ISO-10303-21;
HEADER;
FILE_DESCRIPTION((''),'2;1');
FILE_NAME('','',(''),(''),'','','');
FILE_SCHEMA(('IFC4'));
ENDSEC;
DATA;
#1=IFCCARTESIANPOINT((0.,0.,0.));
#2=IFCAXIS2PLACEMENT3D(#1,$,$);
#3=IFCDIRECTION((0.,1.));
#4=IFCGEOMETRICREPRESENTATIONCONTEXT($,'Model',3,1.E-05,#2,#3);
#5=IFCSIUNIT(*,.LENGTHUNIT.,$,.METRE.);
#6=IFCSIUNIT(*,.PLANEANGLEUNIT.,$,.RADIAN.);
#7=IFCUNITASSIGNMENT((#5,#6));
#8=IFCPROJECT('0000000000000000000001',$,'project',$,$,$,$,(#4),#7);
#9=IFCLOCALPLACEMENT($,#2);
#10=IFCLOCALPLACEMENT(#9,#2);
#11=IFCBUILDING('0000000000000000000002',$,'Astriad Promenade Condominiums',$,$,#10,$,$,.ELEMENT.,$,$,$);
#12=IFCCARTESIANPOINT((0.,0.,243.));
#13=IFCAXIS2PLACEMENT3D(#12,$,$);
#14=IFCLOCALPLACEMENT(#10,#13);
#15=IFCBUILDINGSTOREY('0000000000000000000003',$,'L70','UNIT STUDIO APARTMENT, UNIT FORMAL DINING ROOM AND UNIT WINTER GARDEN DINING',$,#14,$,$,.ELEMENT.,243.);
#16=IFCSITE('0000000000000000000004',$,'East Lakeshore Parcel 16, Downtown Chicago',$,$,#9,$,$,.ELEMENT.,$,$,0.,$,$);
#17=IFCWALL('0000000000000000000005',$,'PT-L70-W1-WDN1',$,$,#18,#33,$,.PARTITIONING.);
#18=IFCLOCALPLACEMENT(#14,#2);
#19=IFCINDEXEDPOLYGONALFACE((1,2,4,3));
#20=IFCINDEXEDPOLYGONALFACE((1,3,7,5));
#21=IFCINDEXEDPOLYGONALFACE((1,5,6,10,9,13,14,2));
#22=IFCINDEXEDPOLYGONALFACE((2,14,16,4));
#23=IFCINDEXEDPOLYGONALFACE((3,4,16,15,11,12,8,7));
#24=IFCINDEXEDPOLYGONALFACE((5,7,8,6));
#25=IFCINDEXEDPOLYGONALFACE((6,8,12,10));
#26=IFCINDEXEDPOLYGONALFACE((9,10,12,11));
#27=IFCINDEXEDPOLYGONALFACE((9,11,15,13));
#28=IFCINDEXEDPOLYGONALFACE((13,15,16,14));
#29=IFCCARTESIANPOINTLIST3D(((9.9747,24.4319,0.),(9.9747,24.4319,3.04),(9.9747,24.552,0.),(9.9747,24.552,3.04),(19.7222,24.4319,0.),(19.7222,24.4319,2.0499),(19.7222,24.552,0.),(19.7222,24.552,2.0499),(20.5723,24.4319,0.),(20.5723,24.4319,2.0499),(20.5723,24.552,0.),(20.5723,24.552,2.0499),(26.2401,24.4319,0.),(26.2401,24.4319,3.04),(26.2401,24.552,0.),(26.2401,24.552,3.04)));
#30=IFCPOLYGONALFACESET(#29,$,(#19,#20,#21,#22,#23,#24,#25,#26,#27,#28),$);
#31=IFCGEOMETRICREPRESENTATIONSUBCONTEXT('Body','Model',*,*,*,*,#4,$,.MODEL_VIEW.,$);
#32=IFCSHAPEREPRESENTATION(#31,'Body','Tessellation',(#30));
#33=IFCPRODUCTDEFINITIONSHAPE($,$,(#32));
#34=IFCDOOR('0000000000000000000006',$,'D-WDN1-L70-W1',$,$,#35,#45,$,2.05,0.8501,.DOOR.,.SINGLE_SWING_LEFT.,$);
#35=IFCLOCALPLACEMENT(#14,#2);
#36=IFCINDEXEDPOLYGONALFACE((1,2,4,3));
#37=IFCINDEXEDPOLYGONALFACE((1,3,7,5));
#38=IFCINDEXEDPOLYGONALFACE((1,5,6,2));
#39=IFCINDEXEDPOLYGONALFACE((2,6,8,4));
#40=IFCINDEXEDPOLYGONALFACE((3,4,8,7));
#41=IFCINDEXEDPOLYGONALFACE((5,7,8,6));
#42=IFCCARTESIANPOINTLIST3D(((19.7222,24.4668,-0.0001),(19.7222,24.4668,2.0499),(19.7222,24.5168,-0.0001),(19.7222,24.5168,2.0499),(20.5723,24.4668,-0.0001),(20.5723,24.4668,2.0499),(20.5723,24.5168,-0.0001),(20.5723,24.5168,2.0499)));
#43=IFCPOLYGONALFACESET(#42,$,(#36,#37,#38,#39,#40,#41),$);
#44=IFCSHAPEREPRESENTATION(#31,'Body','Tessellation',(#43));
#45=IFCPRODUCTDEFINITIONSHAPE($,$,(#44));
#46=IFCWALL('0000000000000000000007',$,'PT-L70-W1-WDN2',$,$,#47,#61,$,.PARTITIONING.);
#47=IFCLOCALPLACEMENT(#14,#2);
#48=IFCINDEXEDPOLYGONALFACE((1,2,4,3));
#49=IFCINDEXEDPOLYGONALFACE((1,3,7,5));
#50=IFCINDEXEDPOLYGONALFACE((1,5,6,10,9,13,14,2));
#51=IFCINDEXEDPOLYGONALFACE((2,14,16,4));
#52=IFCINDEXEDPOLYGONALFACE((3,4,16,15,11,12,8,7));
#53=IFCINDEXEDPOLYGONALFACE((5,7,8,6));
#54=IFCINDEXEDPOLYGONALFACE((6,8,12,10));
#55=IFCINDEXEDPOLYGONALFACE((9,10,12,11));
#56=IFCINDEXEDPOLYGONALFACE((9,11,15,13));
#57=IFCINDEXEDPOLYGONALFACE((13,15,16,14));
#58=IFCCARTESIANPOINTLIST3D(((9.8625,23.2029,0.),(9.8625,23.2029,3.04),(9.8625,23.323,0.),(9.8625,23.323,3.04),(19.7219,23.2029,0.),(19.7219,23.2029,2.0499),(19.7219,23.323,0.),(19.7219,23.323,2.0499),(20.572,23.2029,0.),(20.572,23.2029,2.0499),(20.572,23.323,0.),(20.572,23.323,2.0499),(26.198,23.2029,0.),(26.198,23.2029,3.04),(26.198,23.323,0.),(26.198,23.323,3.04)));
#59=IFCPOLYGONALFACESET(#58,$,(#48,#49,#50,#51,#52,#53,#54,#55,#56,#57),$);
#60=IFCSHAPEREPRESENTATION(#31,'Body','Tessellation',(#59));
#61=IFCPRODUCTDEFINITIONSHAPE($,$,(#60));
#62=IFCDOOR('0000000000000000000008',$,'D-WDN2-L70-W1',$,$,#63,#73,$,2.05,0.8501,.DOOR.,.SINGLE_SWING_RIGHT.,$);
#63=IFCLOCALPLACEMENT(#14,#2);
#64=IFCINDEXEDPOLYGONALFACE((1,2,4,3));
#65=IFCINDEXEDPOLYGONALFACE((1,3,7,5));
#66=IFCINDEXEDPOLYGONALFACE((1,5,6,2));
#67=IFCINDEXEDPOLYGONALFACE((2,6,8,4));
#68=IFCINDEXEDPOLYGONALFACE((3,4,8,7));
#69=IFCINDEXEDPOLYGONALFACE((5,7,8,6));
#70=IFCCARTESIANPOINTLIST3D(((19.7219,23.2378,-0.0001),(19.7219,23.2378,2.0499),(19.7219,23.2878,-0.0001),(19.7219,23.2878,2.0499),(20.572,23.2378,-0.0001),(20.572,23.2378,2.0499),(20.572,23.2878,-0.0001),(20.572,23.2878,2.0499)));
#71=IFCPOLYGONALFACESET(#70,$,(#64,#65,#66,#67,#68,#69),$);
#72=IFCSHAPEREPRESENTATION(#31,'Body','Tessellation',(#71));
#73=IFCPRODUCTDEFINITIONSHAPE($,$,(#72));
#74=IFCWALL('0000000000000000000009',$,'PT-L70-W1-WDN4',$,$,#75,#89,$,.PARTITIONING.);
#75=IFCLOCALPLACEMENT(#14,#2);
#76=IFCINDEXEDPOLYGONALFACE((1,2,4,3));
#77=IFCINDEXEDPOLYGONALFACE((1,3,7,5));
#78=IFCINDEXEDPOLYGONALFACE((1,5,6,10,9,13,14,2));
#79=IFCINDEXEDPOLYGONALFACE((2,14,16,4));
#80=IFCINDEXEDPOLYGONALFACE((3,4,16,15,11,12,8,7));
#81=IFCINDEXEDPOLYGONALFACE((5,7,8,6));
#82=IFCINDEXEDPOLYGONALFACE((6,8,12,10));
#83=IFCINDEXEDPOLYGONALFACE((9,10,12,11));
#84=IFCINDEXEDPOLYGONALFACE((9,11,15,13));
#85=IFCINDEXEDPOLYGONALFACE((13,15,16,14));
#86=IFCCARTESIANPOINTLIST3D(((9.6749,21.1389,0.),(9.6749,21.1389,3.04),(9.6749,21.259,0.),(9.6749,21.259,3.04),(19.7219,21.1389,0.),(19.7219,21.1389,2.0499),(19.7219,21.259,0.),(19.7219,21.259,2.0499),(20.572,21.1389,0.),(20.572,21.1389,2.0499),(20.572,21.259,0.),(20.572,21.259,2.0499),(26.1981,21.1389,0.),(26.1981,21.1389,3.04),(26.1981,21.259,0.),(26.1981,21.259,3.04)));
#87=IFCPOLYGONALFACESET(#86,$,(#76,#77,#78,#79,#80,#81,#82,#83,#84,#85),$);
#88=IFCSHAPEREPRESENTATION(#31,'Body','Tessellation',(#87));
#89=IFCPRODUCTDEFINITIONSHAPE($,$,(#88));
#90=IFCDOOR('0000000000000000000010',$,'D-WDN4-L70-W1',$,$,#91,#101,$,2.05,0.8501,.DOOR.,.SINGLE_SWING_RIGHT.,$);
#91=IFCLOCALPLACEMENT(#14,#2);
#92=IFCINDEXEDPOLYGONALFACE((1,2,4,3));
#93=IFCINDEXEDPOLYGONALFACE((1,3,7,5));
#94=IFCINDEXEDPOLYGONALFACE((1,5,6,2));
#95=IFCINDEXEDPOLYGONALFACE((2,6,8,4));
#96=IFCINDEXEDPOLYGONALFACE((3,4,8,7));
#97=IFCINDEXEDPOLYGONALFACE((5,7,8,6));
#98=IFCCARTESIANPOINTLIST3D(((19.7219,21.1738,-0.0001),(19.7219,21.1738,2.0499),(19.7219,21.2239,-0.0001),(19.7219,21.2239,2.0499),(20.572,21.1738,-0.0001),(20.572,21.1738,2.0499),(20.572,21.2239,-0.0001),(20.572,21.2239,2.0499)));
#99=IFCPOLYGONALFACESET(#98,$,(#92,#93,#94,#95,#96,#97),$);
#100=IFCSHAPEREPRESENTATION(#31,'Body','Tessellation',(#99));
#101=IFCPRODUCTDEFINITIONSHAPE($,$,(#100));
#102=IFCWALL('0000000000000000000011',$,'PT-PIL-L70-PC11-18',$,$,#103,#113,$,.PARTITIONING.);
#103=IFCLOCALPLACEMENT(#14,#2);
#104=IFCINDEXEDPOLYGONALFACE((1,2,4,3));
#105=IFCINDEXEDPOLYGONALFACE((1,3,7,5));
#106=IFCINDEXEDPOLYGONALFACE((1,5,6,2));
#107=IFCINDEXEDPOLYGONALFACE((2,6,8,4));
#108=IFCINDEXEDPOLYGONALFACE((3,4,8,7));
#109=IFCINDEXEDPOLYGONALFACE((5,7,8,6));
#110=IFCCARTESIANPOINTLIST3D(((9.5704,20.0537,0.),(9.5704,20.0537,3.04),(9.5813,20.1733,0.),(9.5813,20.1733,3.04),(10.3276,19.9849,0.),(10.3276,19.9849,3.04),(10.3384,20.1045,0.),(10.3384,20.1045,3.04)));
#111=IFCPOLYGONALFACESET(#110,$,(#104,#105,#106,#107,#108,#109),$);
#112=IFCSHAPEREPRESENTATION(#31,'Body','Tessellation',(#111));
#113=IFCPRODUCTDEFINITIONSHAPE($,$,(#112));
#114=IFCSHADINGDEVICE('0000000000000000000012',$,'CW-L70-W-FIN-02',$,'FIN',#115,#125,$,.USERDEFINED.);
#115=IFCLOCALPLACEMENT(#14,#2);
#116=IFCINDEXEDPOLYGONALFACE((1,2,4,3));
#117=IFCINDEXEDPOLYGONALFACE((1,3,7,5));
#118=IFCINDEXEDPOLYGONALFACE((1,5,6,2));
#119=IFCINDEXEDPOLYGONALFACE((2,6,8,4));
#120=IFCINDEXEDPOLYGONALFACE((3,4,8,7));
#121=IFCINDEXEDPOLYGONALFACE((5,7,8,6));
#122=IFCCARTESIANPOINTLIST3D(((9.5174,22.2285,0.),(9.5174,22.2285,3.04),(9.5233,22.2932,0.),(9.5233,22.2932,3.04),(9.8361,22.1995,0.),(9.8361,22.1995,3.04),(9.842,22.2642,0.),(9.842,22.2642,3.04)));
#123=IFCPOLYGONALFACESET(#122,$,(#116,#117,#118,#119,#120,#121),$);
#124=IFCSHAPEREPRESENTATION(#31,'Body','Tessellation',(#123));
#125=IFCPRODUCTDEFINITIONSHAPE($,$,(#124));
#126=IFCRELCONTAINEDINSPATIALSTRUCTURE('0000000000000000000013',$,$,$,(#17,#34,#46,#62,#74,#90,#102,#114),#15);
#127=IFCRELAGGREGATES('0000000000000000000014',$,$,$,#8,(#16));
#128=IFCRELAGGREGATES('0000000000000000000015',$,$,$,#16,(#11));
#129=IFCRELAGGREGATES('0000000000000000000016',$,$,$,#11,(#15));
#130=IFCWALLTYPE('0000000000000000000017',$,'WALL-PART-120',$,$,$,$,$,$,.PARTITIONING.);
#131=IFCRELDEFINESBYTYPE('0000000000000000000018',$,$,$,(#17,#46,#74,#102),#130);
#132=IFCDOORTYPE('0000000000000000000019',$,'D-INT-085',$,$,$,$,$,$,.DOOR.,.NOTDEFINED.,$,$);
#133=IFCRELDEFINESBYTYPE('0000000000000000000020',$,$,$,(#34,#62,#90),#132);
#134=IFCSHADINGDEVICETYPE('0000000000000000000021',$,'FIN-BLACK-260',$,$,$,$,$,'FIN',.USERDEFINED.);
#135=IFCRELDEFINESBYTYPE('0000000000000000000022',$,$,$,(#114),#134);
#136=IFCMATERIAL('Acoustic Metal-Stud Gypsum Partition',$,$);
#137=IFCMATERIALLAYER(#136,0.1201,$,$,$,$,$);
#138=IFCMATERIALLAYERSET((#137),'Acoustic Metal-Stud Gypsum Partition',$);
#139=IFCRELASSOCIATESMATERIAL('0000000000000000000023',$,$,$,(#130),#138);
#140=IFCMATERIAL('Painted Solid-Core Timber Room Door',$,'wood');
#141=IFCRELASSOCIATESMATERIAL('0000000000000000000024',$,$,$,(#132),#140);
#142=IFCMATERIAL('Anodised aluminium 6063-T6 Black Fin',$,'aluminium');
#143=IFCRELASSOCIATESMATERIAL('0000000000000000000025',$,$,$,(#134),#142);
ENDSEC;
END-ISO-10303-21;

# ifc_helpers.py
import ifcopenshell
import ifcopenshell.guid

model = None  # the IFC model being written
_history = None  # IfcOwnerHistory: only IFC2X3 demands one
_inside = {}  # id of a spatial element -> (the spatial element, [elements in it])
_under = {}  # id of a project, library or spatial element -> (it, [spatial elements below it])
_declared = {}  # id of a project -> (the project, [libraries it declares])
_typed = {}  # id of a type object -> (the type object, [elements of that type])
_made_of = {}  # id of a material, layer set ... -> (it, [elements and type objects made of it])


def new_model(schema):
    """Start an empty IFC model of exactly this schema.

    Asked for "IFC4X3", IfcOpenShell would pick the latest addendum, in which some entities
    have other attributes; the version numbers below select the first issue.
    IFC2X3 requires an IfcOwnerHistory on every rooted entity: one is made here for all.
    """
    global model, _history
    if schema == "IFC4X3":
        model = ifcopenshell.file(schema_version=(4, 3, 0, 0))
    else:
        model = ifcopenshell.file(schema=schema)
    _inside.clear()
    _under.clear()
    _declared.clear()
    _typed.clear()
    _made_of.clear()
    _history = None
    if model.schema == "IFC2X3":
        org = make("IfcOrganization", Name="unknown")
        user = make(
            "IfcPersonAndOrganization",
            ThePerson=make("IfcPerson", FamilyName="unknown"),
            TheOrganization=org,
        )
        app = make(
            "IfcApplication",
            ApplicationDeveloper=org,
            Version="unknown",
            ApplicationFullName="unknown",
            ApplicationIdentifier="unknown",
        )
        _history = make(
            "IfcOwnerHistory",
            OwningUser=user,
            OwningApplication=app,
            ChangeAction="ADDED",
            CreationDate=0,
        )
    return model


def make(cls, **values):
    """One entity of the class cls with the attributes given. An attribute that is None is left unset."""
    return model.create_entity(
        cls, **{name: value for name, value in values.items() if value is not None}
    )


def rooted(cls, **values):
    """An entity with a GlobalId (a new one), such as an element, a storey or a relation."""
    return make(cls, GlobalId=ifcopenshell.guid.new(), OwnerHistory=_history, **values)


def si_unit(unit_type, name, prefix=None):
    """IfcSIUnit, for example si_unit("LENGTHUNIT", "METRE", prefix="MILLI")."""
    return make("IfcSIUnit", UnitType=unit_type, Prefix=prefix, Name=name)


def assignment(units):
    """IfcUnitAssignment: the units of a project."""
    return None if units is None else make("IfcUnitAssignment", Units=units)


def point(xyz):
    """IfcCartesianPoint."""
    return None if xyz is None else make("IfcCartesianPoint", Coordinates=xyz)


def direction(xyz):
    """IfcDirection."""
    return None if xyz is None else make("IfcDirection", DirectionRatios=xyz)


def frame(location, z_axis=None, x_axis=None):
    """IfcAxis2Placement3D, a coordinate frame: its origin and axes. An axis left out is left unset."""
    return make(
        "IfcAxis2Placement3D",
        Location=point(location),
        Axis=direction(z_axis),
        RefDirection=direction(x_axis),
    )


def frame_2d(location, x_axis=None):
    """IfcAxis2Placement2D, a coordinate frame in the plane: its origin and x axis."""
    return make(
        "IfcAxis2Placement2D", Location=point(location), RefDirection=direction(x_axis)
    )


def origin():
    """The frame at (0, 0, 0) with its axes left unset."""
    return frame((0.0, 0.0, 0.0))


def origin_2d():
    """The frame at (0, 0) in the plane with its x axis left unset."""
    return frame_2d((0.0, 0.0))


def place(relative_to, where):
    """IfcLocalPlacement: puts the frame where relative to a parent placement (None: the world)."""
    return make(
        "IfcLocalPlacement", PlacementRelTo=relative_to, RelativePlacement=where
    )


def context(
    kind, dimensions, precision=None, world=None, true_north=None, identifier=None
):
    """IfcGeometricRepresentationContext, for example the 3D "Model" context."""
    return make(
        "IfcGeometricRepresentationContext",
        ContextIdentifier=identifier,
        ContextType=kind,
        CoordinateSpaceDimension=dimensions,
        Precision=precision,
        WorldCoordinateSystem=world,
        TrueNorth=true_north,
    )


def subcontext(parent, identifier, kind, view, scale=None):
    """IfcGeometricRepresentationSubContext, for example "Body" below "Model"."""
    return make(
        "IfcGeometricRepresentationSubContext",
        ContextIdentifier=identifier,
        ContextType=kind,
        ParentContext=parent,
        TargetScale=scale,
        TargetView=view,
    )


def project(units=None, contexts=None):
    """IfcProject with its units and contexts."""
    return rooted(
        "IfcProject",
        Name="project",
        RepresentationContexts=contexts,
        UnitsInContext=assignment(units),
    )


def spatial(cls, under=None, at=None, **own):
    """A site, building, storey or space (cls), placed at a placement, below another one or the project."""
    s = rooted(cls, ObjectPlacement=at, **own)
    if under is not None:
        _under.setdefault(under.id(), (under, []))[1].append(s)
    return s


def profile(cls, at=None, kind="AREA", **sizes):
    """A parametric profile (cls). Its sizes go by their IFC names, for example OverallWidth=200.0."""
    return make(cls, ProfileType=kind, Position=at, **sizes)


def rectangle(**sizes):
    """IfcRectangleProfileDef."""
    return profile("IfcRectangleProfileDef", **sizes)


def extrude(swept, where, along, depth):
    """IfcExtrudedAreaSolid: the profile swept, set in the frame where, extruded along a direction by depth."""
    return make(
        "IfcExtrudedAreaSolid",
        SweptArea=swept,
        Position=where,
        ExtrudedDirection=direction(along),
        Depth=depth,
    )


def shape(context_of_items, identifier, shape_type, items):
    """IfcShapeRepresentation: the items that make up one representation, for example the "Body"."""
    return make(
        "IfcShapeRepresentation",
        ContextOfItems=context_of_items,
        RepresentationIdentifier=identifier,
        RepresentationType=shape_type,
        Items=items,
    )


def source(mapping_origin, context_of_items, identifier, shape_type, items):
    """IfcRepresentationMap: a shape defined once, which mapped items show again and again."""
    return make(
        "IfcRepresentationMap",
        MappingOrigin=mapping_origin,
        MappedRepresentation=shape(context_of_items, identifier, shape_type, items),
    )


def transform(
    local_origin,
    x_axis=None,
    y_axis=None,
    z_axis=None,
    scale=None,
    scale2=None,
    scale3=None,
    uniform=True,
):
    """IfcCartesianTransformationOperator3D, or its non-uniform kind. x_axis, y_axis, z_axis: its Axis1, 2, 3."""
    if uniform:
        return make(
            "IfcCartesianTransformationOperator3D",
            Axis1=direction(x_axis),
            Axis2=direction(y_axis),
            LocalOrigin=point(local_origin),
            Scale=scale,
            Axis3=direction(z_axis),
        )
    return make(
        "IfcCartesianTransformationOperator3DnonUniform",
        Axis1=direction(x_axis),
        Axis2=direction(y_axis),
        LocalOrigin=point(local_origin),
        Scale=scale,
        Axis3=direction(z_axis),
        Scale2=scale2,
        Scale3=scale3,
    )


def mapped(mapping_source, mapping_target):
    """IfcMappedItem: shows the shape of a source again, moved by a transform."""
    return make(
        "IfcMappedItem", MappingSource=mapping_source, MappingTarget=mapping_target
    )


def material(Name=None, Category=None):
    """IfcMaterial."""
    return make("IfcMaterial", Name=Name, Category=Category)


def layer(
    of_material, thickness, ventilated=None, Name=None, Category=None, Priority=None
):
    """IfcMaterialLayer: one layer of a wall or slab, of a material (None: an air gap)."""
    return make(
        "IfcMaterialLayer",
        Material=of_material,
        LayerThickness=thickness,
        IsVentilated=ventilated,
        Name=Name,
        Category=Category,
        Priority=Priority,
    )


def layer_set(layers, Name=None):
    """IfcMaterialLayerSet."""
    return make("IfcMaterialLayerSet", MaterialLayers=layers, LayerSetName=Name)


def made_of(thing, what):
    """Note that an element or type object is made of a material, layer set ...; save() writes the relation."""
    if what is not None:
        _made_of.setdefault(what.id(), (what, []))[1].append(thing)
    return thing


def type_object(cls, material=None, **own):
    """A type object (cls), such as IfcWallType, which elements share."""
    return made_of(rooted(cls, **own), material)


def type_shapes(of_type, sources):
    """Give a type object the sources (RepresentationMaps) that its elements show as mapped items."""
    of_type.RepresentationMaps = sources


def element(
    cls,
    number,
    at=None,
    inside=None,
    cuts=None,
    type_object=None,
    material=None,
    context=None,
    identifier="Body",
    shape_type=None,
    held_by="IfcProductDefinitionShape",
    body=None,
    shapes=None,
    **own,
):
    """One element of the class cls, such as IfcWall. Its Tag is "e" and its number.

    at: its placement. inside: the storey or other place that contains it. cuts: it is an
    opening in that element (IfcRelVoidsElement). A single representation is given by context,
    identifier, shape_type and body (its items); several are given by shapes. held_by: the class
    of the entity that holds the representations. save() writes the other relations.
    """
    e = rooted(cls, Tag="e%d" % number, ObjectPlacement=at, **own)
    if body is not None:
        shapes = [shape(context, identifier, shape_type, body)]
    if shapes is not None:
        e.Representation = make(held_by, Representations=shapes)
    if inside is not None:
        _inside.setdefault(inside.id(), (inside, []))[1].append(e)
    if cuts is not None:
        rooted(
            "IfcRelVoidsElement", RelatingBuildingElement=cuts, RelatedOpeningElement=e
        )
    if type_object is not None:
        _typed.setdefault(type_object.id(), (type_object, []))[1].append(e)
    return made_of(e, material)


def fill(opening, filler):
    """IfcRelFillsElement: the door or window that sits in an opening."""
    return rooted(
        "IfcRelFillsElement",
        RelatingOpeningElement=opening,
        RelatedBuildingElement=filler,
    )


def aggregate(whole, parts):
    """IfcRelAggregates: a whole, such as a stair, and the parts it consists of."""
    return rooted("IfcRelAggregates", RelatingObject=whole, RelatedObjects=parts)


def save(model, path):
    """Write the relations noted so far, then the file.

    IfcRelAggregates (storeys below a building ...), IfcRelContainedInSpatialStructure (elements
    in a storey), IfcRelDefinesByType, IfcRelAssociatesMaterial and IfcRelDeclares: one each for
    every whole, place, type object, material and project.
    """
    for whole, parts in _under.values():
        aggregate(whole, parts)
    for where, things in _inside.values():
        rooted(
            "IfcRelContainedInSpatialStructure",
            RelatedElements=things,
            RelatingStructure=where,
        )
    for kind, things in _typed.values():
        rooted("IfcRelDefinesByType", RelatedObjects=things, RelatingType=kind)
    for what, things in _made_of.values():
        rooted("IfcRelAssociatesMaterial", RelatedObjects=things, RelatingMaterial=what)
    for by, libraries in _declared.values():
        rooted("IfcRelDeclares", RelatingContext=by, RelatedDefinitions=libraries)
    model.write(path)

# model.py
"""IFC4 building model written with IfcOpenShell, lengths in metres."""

from ifc_helpers import new_model, si_unit, direction, frame, frame_2d, origin, origin_2d, place, context, subcontext, project, spatial, rectangle, extrude, source, transform, mapped, material, layer, layer_set, type_object, type_shapes, element, fill, save


model = new_model("IFC4")

# Units and contexts
model_context = context("Model", 3, precision=1e-05, world=origin(), true_north=direction((0.0, 1.0)))
body_context = subcontext(model_context, "Body", "Model", "MODEL_VIEW")
ifc_project = project(units=[si_unit("LENGTHUNIT", "METRE"), si_unit("PLANEANGLEUNIT", "RADIAN")], contexts=[model_context])

# Site, building, storey
site_placement = place(None, origin())
site = spatial("IfcSite", under=ifc_project, at=site_placement, Name="East Lakeshore Parcel 16, Downtown Chicago", CompositionType="ELEMENT", RefElevation=0.0)
building_placement = place(site_placement, origin())
building = spatial("IfcBuilding", under=site, at=building_placement, Name="Astriad Promenade Condominiums", CompositionType="ELEMENT")
storey_placement = place(building_placement, frame((0.0, 0.0, 243.0)))
storey = spatial("IfcBuildingStorey", under=building, at=storey_placement, Name="L70", Description="UNIT STUDIO APARTMENT, UNIT FORMAL DINING ROOM AND UNIT WINTER GARDEN DINING", CompositionType="ELEMENT", Elevation=243.0)

# Walls, openings, doors
ifc_material_1 = material(Name="Acoustic Metal-Stud Gypsum Partition")
ifc_layer_1 = layer(ifc_material_1, 0.1201)
ifc_layer_set_1 = layer_set([ifc_layer_1], Name="Acoustic Metal-Stud Gypsum Partition")
wall_type_1 = type_object("IfcWallType", Name="WALL-PART-120", PredefinedType="PARTITIONING", material=ifc_layer_set_1)
wall_1_placement = place(storey_placement, frame((9.9746, 24.4919, 0.0), z_axis=(0.0, 0.0, 1.0), x_axis=(1.0, 0.0, 0.0)))
wall_1 = element("IfcWall", 1, at=wall_1_placement, inside=storey, type_object=wall_type_1, Name="PT-L70-W1-WDN1", PredefinedType="PARTITIONING", context=body_context, shape_type="SweptSolid", body=[
    extrude(rectangle(XDim=16.2654, YDim=0.1201, at=frame_2d((8.1328, 0.0))), origin(), (0.0, 0.0, 1.0), 3.04),
])
opening_1_placement = place(wall_1_placement, frame((9.7476, 0.0, 0.0)))
opening_1 = element("IfcOpeningElement", 2, at=opening_1_placement, cuts=wall_1, PredefinedType="OPENING", context=body_context, shape_type="SweptSolid", body=[
    extrude(rectangle(XDim=0.8501, YDim=2.05, at=frame_2d((0.425, 1.0249))), frame((0.0, 0.0701, 0.0), z_axis=(0.0, -1.0, 0.0), x_axis=(1.0, 0.0, 0.0)), (0.0, 0.0, 1.0), 0.1401),
])
ifc_material_2 = material(Name="Painted Solid-Core Timber Room Door", Category="wood")
door_type = type_object("IfcDoorType", Name="D-INT-085", OperationType="NOTDEFINED", PredefinedType="DOOR", material=ifc_material_2)
shared_shape_1 = source(origin(), body_context, "Body", "SweptSolid", [
    extrude(rectangle(XDim=0.8501, YDim=2.05, at=frame_2d((0.425, 1.0249))), frame((0.0, 0.0249, 0.0), z_axis=(0.0, -1.0, 0.0), x_axis=(1.0, 0.0, 0.0)), (0.0, 0.0, 1.0), 0.05),
])
type_shapes(door_type, [shared_shape_1])
door_1_placement = place(opening_1_placement, origin())
door_1 = element("IfcDoor", 3, at=door_1_placement, inside=storey, type_object=door_type, Name="D-WDN1-L70-W1", OperationType="SINGLE_SWING_LEFT", OverallHeight=2.05, OverallWidth=0.8501, PredefinedType="DOOR", context=body_context, shape_type="MappedRepresentation", body=[
    mapped(shared_shape_1, transform((0.0, 0.0, 0.0), scale=1.0)),
])
fill(opening_1, door_1)
wall_2_placement = place(storey_placement, frame((9.8625, 23.2629, 0.0), z_axis=(0.0, 0.0, 1.0), x_axis=(1.0, 0.0, 0.0)))
wall_2 = element("IfcWall", 4, at=wall_2_placement, inside=storey, type_object=wall_type_1, Name="PT-L70-W1-WDN2", PredefinedType="PARTITIONING", context=body_context, shape_type="SweptSolid", body=[
    extrude(rectangle(XDim=16.3354, YDim=0.1201, at=frame_2d((8.1677, 0.0))), origin(), (0.0, 0.0, 1.0), 3.04),
])
opening_2_placement = place(wall_2_placement, frame((9.8594, 0.0, 0.0)))
opening_2 = element("IfcOpeningElement", 5, at=opening_2_placement, cuts=wall_2, PredefinedType="OPENING", context=body_context, shape_type="SweptSolid", body=[
    extrude(rectangle(XDim=0.8501, YDim=2.05, at=frame_2d((0.425, 1.0249))), frame((0.0, 0.0701, 0.0), z_axis=(0.0, -1.0, 0.0), x_axis=(1.0, 0.0, 0.0)), (0.0, 0.0, 1.0), 0.1401),
])
door_2_placement = place(opening_2_placement, origin())
door_2 = element("IfcDoor", 6, at=door_2_placement, inside=storey, type_object=door_type, Name="D-WDN2-L70-W1", OperationType="SINGLE_SWING_RIGHT", OverallHeight=2.05, OverallWidth=0.8501, PredefinedType="DOOR", context=body_context, shape_type="MappedRepresentation", body=[
    mapped(shared_shape_1, transform((0.0, 0.0, 0.0), scale=1.0)),
])
fill(opening_2, door_2)
wall_3_placement = place(storey_placement, frame((9.6748, 21.199, 0.0), z_axis=(0.0, 0.0, 1.0), x_axis=(1.0, 0.0, 0.0)))
wall_3 = element("IfcWall", 7, at=wall_3_placement, inside=storey, type_object=wall_type_1, Name="PT-L70-W1-WDN4", PredefinedType="PARTITIONING", context=body_context, shape_type="SweptSolid", body=[
    extrude(rectangle(XDim=16.5232, YDim=0.1201, at=frame_2d((8.2617, 0.0))), origin(), (0.0, 0.0, 1.0), 3.04),
])
opening_3_placement = place(wall_3_placement, frame((10.0471, 0.0, 0.0)))
opening_3 = element("IfcOpeningElement", 8, at=opening_3_placement, cuts=wall_3, PredefinedType="OPENING", context=body_context, shape_type="SweptSolid", body=[
    extrude(rectangle(XDim=0.8501, YDim=2.05, at=frame_2d((0.425, 1.0249))), frame((0.0, 0.0701, 0.0), z_axis=(0.0, -1.0, 0.0), x_axis=(1.0, 0.0, 0.0)), (0.0, 0.0, 1.0), 0.1401),
])
door_3_placement = place(opening_3_placement, origin())
door_3 = element("IfcDoor", 9, at=door_3_placement, inside=storey, type_object=door_type, Name="D-WDN4-L70-W1", OperationType="SINGLE_SWING_RIGHT", OverallHeight=2.05, OverallWidth=0.8501, PredefinedType="DOOR", context=body_context, shape_type="MappedRepresentation", body=[
    mapped(shared_shape_1, transform((0.0, 0.0, 0.0), scale=1.0)),
])
fill(opening_3, door_3)

# Wall
wall_4_placement = place(storey_placement, frame((10.333, 20.0447, 0.0), z_axis=(0.0, 0.0, 1.0), x_axis=(-0.995891, 0.090565, 0.0)))
element("IfcWall", 10, at=wall_4_placement, inside=storey, type_object=wall_type_1, Name="PT-PIL-L70-PC11-18", PredefinedType="PARTITIONING", context=body_context, shape_type="SweptSolid", body=[
    extrude(rectangle(XDim=0.7603, YDim=0.1201, at=frame_2d((0.3801, 0.0))), origin(), (0.0, 0.0, 1.0), 3.04),
])

# Shading device
ifc_material_3 = material(Name="Anodised aluminium 6063-T6 Black Fin", Category="aluminium")
shading_device_type = type_object("IfcShadingDeviceType", Name="FIN-BLACK-260", ElementType="FIN", PredefinedType="USERDEFINED", material=ifc_material_3)
shared_shape_2 = source(origin(), body_context, "Body", "SweptSolid", [
    extrude(rectangle(XDim=0.0649, YDim=0.3201, at=origin_2d()), origin(), (0.0, 0.0, 1.0), 3.04),
])
type_shapes(shading_device_type, [shared_shape_2])
shading_device_placement = place(storey_placement, frame((9.6797, 22.2463, 0.0), z_axis=(0.0, 0.0, 1.0), x_axis=(0.090633, 0.995884, 0.0)))
element("IfcShadingDevice", 11, at=shading_device_placement, inside=storey, type_object=shading_device_type, Name="CW-L70-W-FIN-02", ObjectType="FIN", PredefinedType="USERDEFINED", context=body_context, shape_type="MappedRepresentation", body=[
    mapped(shared_shape_2, transform((0.0, 0.0, 0.0), scale=1.0)),
])

save(model, "model.ifc")
